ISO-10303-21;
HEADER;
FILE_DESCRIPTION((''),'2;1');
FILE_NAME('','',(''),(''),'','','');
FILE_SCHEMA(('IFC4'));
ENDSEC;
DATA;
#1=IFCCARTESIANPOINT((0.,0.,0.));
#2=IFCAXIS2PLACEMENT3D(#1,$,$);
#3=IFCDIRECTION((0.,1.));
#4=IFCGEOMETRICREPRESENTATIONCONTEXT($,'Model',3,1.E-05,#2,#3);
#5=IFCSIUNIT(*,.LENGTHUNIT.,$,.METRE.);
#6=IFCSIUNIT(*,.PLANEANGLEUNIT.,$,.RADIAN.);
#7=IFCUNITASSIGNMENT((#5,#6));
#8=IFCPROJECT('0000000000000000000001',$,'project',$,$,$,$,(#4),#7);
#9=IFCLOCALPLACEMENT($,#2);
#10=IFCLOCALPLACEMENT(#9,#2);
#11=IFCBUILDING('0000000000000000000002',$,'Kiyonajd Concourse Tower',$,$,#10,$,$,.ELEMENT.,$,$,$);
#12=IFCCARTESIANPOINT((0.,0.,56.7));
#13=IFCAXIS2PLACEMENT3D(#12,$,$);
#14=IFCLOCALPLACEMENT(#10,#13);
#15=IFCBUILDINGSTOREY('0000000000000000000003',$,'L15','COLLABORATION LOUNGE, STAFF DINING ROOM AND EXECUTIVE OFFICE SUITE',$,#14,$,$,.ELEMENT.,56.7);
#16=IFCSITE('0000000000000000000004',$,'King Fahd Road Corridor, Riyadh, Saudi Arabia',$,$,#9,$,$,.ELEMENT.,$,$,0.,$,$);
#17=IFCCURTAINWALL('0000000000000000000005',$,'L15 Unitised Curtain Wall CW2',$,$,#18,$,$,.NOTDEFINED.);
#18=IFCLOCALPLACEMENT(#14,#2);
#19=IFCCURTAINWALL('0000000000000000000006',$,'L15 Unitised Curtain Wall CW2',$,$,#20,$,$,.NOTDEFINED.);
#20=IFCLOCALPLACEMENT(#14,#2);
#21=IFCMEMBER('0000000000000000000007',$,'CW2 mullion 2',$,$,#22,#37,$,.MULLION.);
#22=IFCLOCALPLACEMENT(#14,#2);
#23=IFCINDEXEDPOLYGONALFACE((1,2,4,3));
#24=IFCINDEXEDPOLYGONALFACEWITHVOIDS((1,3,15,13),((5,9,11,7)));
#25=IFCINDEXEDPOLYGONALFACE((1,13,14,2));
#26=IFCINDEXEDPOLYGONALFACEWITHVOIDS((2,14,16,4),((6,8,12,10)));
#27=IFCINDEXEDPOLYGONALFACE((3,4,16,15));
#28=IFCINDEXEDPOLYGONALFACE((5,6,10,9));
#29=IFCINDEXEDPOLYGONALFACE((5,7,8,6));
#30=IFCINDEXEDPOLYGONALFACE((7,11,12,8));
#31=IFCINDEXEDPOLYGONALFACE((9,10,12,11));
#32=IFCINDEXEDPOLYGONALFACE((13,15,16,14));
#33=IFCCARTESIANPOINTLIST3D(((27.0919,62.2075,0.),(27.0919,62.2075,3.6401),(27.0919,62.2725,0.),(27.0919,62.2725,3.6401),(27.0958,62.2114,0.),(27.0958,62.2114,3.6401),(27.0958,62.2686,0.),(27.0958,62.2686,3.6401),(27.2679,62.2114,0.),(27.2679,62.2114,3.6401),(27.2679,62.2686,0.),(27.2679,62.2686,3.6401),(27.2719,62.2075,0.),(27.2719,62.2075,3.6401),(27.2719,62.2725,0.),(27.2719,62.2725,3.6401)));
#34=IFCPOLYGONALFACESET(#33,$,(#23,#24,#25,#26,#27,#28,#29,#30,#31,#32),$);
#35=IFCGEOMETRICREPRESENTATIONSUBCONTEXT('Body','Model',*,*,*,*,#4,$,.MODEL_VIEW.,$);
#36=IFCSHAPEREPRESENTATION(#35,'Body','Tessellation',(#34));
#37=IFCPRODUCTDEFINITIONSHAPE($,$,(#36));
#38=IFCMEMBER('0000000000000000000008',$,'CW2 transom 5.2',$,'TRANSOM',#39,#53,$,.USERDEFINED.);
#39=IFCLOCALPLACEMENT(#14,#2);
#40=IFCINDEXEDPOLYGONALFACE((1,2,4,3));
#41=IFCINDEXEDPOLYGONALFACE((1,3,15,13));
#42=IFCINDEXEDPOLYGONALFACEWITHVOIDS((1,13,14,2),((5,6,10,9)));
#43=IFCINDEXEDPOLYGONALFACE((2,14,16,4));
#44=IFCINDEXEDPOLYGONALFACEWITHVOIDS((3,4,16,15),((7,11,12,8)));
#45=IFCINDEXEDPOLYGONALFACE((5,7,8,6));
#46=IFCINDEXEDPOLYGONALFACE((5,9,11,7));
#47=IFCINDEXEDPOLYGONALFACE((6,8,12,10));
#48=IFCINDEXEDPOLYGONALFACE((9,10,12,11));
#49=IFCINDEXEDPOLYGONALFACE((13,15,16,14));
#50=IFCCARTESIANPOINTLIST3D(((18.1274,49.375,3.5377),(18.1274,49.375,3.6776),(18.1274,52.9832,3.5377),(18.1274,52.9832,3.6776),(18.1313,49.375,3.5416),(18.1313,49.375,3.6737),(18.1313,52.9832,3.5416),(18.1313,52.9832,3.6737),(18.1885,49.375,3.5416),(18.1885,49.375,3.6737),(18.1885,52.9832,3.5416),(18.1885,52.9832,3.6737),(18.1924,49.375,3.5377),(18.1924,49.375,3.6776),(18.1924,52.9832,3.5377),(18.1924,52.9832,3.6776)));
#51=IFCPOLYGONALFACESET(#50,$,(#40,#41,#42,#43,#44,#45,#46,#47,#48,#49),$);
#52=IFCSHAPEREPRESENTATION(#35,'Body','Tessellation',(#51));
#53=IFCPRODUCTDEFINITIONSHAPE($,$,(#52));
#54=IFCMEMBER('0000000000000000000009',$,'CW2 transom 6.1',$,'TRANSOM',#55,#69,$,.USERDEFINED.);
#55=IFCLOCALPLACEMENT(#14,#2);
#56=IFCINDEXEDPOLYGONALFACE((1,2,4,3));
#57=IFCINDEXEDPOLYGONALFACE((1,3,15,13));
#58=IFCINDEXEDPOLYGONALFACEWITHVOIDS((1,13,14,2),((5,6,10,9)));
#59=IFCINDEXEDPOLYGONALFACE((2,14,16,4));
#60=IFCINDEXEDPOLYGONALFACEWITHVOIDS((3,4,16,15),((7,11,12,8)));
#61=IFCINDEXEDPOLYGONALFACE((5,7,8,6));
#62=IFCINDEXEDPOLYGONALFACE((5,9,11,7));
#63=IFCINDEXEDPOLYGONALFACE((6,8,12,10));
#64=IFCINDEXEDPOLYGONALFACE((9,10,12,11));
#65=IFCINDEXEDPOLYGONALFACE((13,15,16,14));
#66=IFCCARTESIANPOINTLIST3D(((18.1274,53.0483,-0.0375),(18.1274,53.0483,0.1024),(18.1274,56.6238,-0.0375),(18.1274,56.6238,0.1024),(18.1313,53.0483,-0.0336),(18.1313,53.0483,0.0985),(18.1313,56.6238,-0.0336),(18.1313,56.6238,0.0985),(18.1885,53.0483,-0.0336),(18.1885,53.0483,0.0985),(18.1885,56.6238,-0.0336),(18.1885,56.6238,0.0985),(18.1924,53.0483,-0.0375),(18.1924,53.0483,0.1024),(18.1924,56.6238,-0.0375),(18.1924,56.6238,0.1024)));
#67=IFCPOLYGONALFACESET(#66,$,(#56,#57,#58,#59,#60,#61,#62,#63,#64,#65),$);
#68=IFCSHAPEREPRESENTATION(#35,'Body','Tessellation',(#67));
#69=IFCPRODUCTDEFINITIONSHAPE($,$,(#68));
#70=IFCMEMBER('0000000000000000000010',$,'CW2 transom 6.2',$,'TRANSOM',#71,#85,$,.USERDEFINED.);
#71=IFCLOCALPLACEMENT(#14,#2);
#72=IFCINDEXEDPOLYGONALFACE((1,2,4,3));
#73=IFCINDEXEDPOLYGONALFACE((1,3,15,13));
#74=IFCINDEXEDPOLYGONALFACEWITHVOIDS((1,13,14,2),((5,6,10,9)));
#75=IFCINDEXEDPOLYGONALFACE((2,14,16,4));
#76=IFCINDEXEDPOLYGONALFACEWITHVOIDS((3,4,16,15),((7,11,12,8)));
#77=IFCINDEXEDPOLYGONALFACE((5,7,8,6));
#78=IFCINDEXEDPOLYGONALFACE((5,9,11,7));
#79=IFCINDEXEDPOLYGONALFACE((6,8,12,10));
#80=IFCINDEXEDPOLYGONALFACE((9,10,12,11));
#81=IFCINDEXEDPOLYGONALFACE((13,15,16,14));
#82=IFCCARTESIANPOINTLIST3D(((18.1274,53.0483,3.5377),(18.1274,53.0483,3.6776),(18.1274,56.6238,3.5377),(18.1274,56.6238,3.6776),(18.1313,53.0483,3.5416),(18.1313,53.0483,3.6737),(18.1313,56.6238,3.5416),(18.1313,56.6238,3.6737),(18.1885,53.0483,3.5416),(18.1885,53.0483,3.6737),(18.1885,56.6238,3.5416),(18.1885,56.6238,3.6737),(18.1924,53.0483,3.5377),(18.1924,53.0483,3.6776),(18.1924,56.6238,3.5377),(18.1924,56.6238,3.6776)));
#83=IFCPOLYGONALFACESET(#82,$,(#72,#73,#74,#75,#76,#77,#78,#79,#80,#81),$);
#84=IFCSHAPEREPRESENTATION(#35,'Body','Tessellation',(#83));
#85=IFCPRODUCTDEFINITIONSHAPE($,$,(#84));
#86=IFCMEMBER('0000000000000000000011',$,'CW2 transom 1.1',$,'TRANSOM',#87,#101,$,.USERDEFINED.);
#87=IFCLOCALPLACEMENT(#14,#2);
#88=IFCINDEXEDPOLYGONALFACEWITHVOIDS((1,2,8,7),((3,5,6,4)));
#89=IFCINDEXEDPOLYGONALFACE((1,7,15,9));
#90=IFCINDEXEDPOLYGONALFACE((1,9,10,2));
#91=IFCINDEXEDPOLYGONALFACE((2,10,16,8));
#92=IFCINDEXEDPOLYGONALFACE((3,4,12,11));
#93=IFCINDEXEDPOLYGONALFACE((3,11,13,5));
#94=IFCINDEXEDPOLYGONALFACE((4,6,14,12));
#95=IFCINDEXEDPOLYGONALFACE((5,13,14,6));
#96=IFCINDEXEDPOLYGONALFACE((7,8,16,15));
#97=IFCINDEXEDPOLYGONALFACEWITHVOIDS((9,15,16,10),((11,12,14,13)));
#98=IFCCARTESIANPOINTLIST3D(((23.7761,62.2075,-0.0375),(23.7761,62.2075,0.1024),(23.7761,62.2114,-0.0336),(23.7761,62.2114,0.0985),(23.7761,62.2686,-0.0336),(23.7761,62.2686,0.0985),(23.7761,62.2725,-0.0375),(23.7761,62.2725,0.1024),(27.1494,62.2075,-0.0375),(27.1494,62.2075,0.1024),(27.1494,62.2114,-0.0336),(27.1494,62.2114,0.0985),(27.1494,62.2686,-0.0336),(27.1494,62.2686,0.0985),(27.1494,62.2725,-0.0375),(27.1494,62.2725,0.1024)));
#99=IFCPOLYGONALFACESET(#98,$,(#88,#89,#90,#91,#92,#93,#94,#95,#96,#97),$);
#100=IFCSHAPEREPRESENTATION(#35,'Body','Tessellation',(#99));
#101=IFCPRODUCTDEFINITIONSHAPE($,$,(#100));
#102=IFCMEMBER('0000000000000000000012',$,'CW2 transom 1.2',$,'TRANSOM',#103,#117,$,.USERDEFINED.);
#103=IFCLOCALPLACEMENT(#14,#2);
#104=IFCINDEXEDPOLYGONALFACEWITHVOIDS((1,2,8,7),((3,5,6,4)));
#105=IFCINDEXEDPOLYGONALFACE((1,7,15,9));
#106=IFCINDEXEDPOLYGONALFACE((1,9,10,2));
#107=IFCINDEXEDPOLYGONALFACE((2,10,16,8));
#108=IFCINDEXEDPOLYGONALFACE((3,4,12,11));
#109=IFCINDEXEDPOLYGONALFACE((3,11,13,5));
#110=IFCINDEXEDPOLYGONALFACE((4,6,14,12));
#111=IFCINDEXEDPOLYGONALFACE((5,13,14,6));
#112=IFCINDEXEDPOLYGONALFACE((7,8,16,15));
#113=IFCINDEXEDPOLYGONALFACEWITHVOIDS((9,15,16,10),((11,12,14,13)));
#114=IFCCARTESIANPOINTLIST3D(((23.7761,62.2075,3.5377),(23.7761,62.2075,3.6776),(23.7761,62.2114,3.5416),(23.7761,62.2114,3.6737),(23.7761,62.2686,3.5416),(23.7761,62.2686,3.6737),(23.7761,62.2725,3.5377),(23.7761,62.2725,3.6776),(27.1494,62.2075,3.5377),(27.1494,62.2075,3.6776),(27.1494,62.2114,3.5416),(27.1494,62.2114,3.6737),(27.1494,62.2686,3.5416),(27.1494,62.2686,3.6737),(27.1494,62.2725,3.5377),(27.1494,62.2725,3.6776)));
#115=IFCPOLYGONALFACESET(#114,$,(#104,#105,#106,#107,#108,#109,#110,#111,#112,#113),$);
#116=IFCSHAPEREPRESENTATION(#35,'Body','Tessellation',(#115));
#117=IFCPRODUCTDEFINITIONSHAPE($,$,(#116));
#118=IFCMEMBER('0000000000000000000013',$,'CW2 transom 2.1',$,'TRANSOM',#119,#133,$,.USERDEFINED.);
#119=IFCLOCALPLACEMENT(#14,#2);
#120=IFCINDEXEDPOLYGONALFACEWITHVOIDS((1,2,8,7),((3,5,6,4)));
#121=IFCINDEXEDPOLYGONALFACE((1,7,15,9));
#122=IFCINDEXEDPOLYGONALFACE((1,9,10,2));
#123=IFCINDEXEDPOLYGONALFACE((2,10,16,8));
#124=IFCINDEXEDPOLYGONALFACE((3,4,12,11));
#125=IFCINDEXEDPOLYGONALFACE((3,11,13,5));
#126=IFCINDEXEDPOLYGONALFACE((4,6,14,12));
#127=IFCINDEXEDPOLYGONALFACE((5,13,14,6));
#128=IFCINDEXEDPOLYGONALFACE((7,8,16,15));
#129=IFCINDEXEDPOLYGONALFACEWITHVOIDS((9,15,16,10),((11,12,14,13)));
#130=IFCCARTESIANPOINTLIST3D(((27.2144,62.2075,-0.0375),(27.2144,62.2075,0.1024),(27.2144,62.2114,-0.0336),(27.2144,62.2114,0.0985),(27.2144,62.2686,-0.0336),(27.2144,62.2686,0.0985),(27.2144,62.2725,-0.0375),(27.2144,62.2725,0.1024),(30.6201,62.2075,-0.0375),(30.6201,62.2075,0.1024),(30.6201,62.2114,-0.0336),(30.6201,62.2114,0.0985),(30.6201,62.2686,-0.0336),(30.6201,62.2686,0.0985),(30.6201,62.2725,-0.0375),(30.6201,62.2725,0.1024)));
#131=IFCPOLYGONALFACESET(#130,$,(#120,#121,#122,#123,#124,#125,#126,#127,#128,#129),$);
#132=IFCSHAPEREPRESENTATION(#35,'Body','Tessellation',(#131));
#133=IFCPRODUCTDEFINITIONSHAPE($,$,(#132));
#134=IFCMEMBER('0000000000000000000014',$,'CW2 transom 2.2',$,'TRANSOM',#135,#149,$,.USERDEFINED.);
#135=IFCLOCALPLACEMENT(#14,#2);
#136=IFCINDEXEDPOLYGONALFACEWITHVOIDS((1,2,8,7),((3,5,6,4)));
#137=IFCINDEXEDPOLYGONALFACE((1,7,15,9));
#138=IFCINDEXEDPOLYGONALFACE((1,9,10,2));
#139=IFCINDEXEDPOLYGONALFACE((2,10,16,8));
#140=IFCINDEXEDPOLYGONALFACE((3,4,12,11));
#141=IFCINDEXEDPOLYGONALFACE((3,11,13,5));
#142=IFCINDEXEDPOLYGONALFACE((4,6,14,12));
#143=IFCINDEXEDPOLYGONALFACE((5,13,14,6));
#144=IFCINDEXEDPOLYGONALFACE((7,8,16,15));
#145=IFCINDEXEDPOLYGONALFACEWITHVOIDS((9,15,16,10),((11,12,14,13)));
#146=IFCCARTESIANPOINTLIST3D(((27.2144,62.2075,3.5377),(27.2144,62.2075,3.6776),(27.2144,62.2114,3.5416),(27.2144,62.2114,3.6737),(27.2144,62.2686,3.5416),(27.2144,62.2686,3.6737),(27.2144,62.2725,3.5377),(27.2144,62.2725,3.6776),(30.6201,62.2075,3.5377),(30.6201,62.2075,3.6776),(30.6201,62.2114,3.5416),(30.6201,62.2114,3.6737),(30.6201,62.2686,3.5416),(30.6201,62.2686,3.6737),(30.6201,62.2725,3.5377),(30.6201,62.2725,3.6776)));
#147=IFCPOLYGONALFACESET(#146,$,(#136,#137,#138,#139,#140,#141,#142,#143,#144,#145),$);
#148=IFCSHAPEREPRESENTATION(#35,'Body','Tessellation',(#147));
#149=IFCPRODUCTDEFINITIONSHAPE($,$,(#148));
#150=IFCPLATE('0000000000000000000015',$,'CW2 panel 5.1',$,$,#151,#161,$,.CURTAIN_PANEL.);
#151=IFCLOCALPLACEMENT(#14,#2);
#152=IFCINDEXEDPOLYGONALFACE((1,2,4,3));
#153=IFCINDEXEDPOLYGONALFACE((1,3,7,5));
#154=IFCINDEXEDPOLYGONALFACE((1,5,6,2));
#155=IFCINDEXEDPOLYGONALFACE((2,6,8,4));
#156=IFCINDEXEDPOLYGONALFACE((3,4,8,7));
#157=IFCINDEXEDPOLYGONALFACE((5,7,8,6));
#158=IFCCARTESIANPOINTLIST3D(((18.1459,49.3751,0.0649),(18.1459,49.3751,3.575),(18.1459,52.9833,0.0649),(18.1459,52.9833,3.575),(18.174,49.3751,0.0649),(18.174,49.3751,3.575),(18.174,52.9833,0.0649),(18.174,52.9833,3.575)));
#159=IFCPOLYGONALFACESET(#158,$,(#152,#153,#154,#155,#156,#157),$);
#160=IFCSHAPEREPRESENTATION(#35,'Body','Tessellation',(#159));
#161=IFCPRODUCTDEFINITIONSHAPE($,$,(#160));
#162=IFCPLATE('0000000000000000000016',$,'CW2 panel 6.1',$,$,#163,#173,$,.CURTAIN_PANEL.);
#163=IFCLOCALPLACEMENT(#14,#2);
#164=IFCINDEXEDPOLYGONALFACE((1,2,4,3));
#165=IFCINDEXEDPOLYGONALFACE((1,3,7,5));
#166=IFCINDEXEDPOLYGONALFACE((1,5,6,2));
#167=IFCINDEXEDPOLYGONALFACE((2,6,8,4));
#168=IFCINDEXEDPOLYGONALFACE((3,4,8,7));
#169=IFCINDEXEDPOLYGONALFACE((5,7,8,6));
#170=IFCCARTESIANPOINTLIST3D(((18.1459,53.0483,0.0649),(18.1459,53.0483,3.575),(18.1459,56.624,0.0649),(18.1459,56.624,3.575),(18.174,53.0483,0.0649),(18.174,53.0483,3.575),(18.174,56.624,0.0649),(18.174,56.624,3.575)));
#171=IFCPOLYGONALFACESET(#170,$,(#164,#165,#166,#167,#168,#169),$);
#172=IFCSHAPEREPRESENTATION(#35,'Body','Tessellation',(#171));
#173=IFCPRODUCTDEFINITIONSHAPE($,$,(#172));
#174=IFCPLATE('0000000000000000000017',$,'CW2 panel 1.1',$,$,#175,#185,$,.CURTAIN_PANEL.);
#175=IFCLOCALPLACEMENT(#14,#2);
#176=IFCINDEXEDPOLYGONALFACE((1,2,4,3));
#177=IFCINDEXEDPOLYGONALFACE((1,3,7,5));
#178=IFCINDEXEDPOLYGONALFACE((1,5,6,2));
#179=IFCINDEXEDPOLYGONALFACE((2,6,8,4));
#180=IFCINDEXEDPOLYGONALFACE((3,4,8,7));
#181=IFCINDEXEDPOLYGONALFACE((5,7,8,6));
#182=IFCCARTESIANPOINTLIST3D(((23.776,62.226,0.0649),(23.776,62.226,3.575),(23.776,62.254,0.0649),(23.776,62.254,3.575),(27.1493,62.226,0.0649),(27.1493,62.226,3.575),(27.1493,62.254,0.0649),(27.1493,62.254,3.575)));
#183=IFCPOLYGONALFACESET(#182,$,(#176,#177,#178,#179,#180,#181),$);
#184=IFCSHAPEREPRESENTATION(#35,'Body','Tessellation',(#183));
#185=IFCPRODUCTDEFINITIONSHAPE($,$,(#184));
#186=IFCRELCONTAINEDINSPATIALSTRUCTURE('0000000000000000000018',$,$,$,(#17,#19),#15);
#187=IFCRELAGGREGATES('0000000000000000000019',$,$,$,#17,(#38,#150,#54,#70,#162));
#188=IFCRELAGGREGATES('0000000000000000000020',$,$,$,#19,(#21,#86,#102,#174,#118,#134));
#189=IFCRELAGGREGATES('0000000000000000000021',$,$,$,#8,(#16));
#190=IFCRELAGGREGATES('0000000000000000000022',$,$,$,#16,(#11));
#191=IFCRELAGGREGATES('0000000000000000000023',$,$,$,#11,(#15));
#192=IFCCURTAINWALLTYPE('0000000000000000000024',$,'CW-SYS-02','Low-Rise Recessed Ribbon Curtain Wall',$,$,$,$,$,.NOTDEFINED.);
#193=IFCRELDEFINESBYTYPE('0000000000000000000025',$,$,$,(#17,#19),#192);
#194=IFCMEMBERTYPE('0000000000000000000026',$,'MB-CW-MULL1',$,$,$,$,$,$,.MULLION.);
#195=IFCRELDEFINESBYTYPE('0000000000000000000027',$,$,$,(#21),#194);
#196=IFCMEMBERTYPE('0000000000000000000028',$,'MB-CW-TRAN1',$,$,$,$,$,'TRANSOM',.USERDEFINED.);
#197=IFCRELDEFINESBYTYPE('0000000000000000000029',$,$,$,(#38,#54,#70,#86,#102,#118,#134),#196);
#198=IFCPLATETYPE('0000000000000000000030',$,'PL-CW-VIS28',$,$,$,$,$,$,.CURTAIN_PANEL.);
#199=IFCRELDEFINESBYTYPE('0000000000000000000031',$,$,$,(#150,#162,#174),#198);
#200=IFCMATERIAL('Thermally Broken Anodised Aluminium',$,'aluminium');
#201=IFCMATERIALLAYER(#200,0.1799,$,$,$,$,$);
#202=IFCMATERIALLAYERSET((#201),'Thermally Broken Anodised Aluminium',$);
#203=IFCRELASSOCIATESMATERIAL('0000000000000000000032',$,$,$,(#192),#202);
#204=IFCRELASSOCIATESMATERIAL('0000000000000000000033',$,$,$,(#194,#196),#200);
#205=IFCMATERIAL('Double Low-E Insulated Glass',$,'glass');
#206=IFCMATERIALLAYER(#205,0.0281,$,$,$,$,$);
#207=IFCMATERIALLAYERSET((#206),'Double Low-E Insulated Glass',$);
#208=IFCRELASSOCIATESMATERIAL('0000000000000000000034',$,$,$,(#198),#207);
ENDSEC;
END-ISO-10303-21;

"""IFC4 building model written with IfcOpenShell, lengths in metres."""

from ifc_helpers import new_model, si_unit, direction, frame, origin, origin_2d, place, context, subcontext, project, spatial, rectangle, hollow_rectangle, extrude, material, layer, layer_set, material_profile, profile_set, type_object, element, aggregate, save


model = new_model("IFC4")

# Units and contexts
model_context = context("Model", 3, precision=1e-05, world=origin(), true_north=direction((0.0, 1.0)))
body_context = subcontext(model_context, "Body", "Model", "MODEL_VIEW")
ifc_project = project(units=[si_unit("LENGTHUNIT", "METRE"), si_unit("PLANEANGLEUNIT", "RADIAN")], contexts=[model_context])

# Site, building, storey
site_placement = place(None, origin())
site = spatial("IfcSite", under=ifc_project, at=site_placement, Name="King Fahd Road Corridor, Riyadh, Saudi Arabia", CompositionType="ELEMENT", RefElevation=0.0)
building_placement = place(site_placement, origin())
building = spatial("IfcBuilding", under=site, at=building_placement, Name="Kiyonajd Concourse Tower", CompositionType="ELEMENT")
storey_placement = place(building_placement, frame((0.0, 0.0, 56.7)))
storey = spatial("IfcBuildingStorey", under=building, at=storey_placement, Name="L15", Description="COLLABORATION LOUNGE, STAFF DINING ROOM AND EXECUTIVE OFFICE SUITE", CompositionType="ELEMENT", Elevation=56.7)

# Curtain walls, member
ifc_material_1 = material(Name="Thermally Broken Anodised Aluminium", Category="aluminium")
ifc_layer_1 = layer(ifc_material_1, 0.1799)
ifc_layer_set_1 = layer_set([ifc_layer_1], Name="Thermally Broken Anodised Aluminium")
curtain_wall_type = type_object("IfcCurtainWallType", Name="CW-SYS-02", Description="Low-Rise Recessed Ribbon Curtain Wall", PredefinedType="NOTDEFINED", material=ifc_layer_set_1)
curtain_wall_1_placement = place(storey_placement, origin())
curtain_wall_1 = element("IfcCurtainWall", 1, at=curtain_wall_1_placement, inside=storey, type_object=curtain_wall_type, Name="L15 Unitised Curtain Wall CW2", PredefinedType="NOTDEFINED")
ifc_material_profile_1 = material_profile(ifc_material_1, hollow_rectangle(XDim=0.0649, YDim=0.1799, WallThickness=0.0039, at=origin_2d()), Name="MULL-65x180")
ifc_profile_set_1 = profile_set([ifc_material_profile_1], Name="Thermally Broken Anodised Aluminium")
member_type_1 = type_object("IfcMemberType", Name="MB-CW-MULL1", PredefinedType="MULLION", material=ifc_profile_set_1)
curtain_wall_2_placement = place(storey_placement, origin())
curtain_wall_2 = element("IfcCurtainWall", 2, at=curtain_wall_2_placement, inside=storey, type_object=curtain_wall_type, Name="L15 Unitised Curtain Wall CW2", PredefinedType="NOTDEFINED")
member_1_placement = place(storey_placement, frame((27.1819, 62.24, 0.0), z_axis=(0.0, 0.0, 1.0), x_axis=(0.0, 1.0, 0.0)))
member_1 = element("IfcMember", 3, at=member_1_placement, type_object=member_type_1, Name="CW2 mullion 2", PredefinedType="MULLION", context=body_context, shape_type="SweptSolid", body=[
    extrude(hollow_rectangle(XDim=0.0649, YDim=0.1799, WallThickness=0.0039, at=origin_2d()), origin(), (0.0, 0.0, 1.0), 3.6401),
])

# Members
ifc_material_profile_2 = material_profile(ifc_material_1, hollow_rectangle(XDim=0.0649, YDim=0.1399, WallThickness=0.0039, at=origin_2d()), Name="TRAN-65x140")
ifc_profile_set_2 = profile_set([ifc_material_profile_2], Name="Thermally Broken Anodised Aluminium")
member_type_2 = type_object("IfcMemberType", Name="MB-CW-TRAN1", ElementType="TRANSOM", PredefinedType="USERDEFINED", material=ifc_profile_set_2)
member_2_placement = place(storey_placement, frame((18.1599, 49.375, 3.6077), z_axis=(0.0, 1.0, 0.0), x_axis=(-1.0, 0.0, 0.0)))
member_2 = element("IfcMember", 4, at=member_2_placement, type_object=member_type_2, Name="CW2 transom 5.2", ObjectType="TRANSOM", PredefinedType="USERDEFINED", context=body_context, shape_type="SweptSolid", body=[
    extrude(hollow_rectangle(XDim=0.0649, YDim=0.1399, WallThickness=0.0039, at=origin_2d()), origin(), (0.0, 0.0, 1.0), 3.6082),
])
member_3_placement = place(storey_placement, frame((18.1599, 53.0483, 0.0325), z_axis=(0.0, 1.0, 0.0), x_axis=(-1.0, 0.0, 0.0)))
member_3 = element("IfcMember", 5, at=member_3_placement, type_object=member_type_2, Name="CW2 transom 6.1", ObjectType="TRANSOM", PredefinedType="USERDEFINED", context=body_context, shape_type="SweptSolid", body=[
    extrude(hollow_rectangle(XDim=0.0649, YDim=0.1399, WallThickness=0.0039, at=origin_2d()), origin(), (0.0, 0.0, 1.0), 3.5754),
])
member_4_placement = place(storey_placement, frame((18.1599, 53.0483, 3.6077), z_axis=(0.0, 1.0, 0.0), x_axis=(-1.0, 0.0, 0.0)))
member_4 = element("IfcMember", 6, at=member_4_placement, type_object=member_type_2, Name="CW2 transom 6.2", ObjectType="TRANSOM", PredefinedType="USERDEFINED", context=body_context, shape_type="SweptSolid", body=[
    extrude(hollow_rectangle(XDim=0.0649, YDim=0.1399, WallThickness=0.0039, at=origin_2d()), origin(), (0.0, 0.0, 1.0), 3.5754),
])
member_5_placement = place(storey_placement, frame((23.7761, 62.24, 0.0325), z_axis=(1.0, 0.0, 0.0), x_axis=(0.0, 1.0, 0.0)))
member_5 = element("IfcMember", 7, at=member_5_placement, type_object=member_type_2, Name="CW2 transom 1.1", ObjectType="TRANSOM", PredefinedType="USERDEFINED", context=body_context, shape_type="SweptSolid", body=[
    extrude(hollow_rectangle(XDim=0.0649, YDim=0.1399, WallThickness=0.0039, at=origin_2d()), origin(), (0.0, 0.0, 1.0), 3.3733),
])
member_6_placement = place(storey_placement, frame((23.7761, 62.24, 3.6077), z_axis=(1.0, 0.0, 0.0), x_axis=(0.0, 1.0, 0.0)))
member_6 = element("IfcMember", 8, at=member_6_placement, type_object=member_type_2, Name="CW2 transom 1.2", ObjectType="TRANSOM", PredefinedType="USERDEFINED", context=body_context, shape_type="SweptSolid", body=[
    extrude(hollow_rectangle(XDim=0.0649, YDim=0.1399, WallThickness=0.0039, at=origin_2d()), origin(), (0.0, 0.0, 1.0), 3.3733),
])
member_7_placement = place(storey_placement, frame((27.2144, 62.24, 0.0325), z_axis=(1.0, 0.0, 0.0), x_axis=(0.0, 1.0, 0.0)))
member_7 = element("IfcMember", 9, at=member_7_placement, type_object=member_type_2, Name="CW2 transom 2.1", ObjectType="TRANSOM", PredefinedType="USERDEFINED", context=body_context, shape_type="SweptSolid", body=[
    extrude(hollow_rectangle(XDim=0.0649, YDim=0.1399, WallThickness=0.0039, at=origin_2d()), origin(), (0.0, 0.0, 1.0), 3.4058),
])
member_8_placement = place(storey_placement, frame((27.2144, 62.24, 3.6077), z_axis=(1.0, 0.0, 0.0), x_axis=(0.0, 1.0, 0.0)))
member_8 = element("IfcMember", 10, at=member_8_placement, type_object=member_type_2, Name="CW2 transom 2.2", ObjectType="TRANSOM", PredefinedType="USERDEFINED", context=body_context, shape_type="SweptSolid", body=[
    extrude(hollow_rectangle(XDim=0.0649, YDim=0.1399, WallThickness=0.0039, at=origin_2d()), origin(), (0.0, 0.0, 1.0), 3.4058),
])

# Plates
ifc_material_2 = material(Name="Double Low-E Insulated Glass", Category="glass")
ifc_layer_2 = layer(ifc_material_2, 0.0281)
ifc_layer_set_2 = layer_set([ifc_layer_2], Name="Double Low-E Insulated Glass")
plate_type_1 = type_object("IfcPlateType", Name="PL-CW-VIS28", PredefinedType="CURTAIN_PANEL", material=ifc_layer_set_2)
plate_1_placement = place(storey_placement, frame((18.1599, 51.1792, 0.0649), z_axis=(0.0, 0.0, 1.0), x_axis=(0.0, 1.0, 0.0)))
plate_1 = element("IfcPlate", 11, at=plate_1_placement, type_object=plate_type_1, Name="CW2 panel 5.1", PredefinedType="CURTAIN_PANEL", context=body_context, shape_type="SweptSolid", body=[
    extrude(rectangle(XDim=3.6082, YDim=0.0281, at=origin_2d()), origin(), (0.0, 0.0, 1.0), 3.51),
])
plate_2_placement = place(storey_placement, frame((18.1599, 54.8362, 0.0649), z_axis=(0.0, 0.0, 1.0), x_axis=(0.0, 1.0, 0.0)))
plate_2 = element("IfcPlate", 12, at=plate_2_placement, type_object=plate_type_1, Name="CW2 panel 6.1", PredefinedType="CURTAIN_PANEL", context=body_context, shape_type="SweptSolid", body=[
    extrude(rectangle(XDim=3.5757, YDim=0.0281, at=origin_2d()), origin(), (0.0, 0.0, 1.0), 3.51),
])
aggregate(curtain_wall_1, [member_2, plate_1, member_3, member_4, plate_2])
plate_3_placement = place(storey_placement, frame((25.4626, 62.24, 0.0649), z_axis=(0.0, 0.0, 1.0), x_axis=(1.0, 0.0, 0.0)))
plate_3 = element("IfcPlate", 13, at=plate_3_placement, type_object=plate_type_1, Name="CW2 panel 1.1", PredefinedType="CURTAIN_PANEL", context=body_context, shape_type="SweptSolid", body=[
    extrude(rectangle(XDim=3.3733, YDim=0.0281, at=origin_2d()), origin(), (0.0, 0.0, 1.0), 3.51),
])
aggregate(curtain_wall_2, [member_1, member_5, member_6, plate_3, member_7, member_8])

save(model, "model.ifc")
